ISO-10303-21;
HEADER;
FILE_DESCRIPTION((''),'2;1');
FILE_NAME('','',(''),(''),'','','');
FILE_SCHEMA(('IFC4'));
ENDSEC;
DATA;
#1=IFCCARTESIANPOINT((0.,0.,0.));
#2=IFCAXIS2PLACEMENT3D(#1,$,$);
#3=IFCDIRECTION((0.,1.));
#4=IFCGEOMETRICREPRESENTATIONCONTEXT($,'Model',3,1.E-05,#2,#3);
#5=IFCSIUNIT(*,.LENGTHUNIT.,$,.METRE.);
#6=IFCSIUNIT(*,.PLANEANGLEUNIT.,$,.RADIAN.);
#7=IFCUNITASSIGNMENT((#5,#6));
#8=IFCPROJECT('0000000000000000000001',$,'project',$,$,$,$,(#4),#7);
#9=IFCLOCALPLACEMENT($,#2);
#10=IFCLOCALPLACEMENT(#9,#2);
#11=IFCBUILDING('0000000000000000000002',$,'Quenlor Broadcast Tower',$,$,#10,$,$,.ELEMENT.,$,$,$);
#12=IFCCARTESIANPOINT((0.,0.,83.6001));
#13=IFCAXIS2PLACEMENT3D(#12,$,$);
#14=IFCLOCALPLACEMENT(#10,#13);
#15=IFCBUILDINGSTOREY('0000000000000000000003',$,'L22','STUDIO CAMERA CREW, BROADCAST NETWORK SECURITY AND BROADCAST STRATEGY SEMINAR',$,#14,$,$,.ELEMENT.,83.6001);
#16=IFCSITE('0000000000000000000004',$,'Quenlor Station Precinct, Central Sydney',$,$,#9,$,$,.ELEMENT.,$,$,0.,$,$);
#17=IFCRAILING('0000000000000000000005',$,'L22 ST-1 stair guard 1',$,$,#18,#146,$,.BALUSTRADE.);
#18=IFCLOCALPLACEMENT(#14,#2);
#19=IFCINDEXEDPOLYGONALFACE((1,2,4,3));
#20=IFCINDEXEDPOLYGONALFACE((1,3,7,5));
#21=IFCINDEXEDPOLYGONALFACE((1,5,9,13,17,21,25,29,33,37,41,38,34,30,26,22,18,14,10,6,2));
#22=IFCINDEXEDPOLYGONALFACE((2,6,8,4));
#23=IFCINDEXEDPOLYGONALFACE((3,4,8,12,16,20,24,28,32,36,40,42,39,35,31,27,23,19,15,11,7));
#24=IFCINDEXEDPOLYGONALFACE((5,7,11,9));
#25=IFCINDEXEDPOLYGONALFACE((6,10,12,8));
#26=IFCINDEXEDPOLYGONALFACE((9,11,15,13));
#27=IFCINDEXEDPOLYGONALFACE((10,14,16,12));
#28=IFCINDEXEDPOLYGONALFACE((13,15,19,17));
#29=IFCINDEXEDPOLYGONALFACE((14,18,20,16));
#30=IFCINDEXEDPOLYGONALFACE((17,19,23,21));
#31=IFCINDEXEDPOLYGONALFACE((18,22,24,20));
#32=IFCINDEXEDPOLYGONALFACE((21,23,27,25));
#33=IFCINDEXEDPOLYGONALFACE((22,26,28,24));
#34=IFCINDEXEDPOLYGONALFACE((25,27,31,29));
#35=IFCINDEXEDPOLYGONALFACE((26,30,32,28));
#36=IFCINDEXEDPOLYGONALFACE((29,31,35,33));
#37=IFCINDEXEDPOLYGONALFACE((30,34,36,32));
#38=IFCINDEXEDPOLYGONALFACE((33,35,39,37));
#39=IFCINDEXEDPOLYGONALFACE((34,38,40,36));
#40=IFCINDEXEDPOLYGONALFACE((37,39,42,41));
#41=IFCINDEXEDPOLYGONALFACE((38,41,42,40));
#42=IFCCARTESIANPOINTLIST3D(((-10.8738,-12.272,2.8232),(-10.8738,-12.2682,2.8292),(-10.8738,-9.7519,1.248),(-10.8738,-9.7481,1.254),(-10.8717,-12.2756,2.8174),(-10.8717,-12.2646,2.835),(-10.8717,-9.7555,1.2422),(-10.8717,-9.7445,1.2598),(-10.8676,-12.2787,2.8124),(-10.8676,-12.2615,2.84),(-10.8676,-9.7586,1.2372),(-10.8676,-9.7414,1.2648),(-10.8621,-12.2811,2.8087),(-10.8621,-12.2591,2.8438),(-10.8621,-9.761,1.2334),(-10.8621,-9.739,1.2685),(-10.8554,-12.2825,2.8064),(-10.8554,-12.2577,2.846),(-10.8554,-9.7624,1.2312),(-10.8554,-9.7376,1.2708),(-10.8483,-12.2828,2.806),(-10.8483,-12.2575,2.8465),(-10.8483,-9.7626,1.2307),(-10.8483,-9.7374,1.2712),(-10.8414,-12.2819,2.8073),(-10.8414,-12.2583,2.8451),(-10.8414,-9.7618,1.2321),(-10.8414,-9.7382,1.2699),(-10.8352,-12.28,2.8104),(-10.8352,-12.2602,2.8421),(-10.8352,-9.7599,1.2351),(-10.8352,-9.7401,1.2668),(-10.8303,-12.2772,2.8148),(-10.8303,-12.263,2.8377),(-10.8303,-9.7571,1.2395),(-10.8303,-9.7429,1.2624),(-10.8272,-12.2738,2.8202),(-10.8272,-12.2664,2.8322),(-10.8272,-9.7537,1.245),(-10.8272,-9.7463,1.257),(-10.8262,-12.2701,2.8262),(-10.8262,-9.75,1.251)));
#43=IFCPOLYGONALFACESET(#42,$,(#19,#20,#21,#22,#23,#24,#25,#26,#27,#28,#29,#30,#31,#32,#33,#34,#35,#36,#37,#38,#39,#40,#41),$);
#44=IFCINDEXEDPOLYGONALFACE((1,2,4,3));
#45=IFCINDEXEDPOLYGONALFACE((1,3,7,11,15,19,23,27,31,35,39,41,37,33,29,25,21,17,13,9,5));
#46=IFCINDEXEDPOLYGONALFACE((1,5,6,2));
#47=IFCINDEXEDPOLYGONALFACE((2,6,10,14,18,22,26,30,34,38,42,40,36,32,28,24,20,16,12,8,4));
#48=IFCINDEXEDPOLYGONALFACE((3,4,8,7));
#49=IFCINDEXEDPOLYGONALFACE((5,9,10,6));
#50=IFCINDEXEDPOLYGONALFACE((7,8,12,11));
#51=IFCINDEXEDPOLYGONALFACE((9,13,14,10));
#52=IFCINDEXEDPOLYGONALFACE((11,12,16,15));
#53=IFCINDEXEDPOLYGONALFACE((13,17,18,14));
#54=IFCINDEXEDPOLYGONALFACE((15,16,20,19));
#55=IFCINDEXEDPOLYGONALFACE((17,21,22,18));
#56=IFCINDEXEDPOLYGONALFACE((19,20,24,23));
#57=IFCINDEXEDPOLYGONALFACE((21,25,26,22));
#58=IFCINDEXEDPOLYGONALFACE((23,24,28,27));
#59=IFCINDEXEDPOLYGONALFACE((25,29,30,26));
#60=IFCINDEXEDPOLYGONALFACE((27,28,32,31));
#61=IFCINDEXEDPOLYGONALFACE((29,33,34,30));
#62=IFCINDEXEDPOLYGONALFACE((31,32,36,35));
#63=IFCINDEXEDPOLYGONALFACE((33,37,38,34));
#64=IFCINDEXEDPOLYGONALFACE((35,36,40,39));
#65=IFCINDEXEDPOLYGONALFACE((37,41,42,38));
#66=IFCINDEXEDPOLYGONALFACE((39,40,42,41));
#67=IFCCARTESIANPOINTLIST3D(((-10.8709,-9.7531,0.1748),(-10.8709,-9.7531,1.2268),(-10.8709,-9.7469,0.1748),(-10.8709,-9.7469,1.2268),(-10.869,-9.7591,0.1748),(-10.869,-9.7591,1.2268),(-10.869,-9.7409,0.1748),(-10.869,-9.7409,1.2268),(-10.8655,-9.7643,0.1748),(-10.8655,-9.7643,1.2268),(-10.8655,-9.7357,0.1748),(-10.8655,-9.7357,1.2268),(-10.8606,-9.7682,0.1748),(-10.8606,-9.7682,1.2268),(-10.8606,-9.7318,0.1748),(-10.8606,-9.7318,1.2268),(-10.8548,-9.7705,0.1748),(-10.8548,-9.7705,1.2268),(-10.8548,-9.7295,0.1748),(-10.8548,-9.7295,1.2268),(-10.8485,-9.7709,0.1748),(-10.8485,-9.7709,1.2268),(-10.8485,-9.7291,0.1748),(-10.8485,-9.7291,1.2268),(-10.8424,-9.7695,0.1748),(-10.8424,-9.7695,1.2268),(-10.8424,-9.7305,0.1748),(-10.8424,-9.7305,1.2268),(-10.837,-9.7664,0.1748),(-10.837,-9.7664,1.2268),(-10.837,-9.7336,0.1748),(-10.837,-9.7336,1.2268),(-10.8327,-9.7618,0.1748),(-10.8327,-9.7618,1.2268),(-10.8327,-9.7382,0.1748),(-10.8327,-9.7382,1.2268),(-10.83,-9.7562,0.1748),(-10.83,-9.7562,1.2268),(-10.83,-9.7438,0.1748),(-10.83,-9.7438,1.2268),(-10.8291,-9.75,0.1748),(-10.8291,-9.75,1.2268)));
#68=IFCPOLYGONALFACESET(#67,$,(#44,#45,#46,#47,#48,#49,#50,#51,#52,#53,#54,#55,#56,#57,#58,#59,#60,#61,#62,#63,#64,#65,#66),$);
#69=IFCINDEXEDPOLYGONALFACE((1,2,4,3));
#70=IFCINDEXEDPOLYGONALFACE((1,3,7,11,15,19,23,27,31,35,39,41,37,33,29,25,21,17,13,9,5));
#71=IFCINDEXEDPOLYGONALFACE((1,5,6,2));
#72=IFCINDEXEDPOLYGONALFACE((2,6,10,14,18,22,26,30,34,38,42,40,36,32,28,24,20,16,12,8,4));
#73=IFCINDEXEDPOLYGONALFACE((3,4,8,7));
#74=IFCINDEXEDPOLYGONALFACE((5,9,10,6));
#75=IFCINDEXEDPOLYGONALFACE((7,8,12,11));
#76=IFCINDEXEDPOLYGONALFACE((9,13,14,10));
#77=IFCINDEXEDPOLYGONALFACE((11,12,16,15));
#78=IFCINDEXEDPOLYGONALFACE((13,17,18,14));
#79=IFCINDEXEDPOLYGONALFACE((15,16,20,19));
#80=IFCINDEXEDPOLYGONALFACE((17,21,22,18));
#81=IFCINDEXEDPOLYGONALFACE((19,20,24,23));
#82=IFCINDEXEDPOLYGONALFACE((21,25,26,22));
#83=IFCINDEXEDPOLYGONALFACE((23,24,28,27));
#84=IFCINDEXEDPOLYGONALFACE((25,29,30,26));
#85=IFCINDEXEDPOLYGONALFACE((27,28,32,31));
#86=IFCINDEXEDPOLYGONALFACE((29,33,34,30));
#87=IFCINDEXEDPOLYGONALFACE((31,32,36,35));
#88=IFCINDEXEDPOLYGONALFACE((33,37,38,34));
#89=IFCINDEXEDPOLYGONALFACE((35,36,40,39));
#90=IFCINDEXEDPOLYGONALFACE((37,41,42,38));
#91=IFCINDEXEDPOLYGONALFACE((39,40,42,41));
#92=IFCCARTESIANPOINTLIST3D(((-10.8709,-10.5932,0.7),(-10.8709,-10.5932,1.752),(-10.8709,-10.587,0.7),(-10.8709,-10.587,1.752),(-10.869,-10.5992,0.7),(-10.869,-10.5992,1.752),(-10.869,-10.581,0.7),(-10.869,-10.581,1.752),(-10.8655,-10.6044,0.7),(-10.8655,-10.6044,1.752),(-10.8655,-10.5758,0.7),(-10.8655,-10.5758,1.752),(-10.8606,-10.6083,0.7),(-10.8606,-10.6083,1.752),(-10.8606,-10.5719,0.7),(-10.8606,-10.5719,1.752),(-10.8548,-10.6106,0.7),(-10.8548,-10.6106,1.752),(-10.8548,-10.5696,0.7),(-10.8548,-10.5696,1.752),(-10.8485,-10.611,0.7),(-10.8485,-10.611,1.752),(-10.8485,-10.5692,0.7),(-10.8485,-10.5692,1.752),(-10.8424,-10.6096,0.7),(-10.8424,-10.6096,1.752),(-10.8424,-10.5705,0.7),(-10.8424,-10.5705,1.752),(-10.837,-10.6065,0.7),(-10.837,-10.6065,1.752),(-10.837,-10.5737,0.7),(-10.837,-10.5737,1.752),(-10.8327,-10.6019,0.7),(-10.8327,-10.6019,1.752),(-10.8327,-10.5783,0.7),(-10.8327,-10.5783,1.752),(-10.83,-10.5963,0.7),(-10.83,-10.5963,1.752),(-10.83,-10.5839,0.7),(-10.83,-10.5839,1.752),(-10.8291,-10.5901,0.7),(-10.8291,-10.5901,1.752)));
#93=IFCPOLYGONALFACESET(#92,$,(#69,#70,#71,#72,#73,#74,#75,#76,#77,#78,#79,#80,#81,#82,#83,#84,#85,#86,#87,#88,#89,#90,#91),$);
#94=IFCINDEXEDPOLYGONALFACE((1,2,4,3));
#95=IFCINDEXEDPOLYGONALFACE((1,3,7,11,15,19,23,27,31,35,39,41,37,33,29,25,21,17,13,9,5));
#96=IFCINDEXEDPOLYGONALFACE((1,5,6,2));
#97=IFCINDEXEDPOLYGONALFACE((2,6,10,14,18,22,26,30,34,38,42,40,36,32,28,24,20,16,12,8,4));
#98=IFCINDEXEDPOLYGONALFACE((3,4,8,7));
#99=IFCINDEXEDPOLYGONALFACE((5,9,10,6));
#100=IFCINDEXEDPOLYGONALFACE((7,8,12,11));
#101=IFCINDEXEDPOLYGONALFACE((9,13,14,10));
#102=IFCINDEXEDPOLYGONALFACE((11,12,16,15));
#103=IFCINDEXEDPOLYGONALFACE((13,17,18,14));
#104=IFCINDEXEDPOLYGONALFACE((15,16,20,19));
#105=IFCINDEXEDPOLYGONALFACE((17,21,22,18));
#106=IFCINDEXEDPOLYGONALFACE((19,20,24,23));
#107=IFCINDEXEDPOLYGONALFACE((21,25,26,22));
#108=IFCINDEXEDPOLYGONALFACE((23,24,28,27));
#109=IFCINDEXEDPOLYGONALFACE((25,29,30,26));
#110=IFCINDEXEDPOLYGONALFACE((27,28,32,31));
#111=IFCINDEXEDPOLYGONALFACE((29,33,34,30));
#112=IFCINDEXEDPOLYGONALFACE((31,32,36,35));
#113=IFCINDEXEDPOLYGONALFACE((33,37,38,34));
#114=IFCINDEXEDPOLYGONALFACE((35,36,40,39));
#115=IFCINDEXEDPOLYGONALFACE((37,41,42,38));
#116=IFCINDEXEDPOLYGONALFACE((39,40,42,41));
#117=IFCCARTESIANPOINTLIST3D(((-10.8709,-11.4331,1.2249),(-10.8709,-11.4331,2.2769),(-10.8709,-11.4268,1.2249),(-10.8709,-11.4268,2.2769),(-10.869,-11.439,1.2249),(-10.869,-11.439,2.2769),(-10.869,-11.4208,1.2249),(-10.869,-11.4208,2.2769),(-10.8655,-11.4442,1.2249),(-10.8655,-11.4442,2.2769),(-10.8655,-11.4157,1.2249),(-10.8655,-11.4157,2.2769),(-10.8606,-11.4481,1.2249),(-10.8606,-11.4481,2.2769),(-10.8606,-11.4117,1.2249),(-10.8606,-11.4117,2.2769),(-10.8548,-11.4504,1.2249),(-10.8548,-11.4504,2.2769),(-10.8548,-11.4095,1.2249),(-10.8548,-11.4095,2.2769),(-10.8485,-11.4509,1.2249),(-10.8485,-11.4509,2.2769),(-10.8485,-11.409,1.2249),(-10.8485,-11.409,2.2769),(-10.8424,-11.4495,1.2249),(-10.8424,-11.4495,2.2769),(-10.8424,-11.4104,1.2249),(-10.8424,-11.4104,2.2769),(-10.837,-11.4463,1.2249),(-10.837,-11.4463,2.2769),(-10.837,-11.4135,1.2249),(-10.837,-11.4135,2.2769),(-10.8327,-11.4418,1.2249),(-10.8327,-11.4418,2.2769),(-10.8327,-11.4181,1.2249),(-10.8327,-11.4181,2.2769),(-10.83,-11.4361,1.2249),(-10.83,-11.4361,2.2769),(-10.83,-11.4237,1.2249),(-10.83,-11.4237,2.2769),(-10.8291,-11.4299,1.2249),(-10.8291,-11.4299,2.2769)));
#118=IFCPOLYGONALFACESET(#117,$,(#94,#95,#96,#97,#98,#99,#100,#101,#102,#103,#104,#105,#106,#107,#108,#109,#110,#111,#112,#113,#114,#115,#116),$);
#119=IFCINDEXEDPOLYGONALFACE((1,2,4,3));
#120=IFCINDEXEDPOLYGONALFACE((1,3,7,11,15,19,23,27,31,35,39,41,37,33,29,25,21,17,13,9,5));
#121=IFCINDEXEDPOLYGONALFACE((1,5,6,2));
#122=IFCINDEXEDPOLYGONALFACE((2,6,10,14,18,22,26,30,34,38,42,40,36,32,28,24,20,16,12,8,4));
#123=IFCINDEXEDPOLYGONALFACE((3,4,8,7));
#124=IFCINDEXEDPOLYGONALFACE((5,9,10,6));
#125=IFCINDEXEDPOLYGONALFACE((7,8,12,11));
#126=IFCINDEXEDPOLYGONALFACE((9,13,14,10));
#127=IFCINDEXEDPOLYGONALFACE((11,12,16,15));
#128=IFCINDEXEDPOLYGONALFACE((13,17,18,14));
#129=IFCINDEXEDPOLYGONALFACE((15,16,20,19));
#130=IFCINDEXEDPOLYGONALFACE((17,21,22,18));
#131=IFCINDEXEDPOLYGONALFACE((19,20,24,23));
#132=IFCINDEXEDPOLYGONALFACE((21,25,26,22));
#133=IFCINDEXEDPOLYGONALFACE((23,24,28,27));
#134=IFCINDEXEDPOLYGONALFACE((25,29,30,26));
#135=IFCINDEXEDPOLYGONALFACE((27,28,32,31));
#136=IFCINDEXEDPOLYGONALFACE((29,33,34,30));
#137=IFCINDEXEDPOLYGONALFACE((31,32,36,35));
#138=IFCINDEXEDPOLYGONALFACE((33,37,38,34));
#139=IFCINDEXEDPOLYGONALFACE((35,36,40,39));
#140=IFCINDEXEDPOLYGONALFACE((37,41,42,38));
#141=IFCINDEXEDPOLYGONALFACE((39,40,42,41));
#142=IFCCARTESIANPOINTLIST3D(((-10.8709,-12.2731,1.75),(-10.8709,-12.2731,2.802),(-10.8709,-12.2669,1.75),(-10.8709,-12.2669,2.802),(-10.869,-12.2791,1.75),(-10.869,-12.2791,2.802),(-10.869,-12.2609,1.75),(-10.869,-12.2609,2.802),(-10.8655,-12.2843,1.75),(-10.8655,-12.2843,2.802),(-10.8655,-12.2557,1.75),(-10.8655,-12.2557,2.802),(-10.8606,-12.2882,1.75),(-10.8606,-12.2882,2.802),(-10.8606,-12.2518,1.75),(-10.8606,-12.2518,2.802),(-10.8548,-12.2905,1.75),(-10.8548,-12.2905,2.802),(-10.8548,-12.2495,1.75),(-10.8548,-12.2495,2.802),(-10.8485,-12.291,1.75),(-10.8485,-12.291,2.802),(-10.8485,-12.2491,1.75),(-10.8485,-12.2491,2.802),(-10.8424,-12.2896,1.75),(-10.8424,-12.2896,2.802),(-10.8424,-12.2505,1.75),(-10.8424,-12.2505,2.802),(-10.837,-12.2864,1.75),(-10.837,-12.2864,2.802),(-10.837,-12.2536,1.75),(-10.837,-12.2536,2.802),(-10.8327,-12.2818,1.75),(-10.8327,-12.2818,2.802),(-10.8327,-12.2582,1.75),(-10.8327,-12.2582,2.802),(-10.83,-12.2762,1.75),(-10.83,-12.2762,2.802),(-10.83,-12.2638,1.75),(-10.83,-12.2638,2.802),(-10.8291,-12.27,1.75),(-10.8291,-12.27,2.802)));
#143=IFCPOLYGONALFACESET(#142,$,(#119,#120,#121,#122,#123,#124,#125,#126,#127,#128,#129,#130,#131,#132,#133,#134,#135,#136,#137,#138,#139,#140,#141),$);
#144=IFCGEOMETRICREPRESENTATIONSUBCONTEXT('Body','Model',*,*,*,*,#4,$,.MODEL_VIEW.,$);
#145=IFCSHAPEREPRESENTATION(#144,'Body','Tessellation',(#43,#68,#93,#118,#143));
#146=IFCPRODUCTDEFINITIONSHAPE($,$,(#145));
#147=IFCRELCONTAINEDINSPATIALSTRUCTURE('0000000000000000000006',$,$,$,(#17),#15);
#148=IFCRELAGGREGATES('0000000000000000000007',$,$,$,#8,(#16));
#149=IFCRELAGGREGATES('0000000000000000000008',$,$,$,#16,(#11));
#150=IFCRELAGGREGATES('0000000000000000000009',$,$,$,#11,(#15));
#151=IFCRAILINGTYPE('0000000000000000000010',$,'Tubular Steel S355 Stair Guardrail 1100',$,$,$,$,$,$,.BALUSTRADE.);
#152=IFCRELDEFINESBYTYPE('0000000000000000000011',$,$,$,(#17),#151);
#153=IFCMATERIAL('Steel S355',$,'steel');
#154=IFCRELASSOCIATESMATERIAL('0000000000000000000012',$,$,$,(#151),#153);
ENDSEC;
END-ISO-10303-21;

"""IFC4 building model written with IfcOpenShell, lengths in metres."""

from ifc_helpers import new_model, si_unit, direction, frame, origin, origin_2d, place, context, subcontext, project, spatial, circle, extrude, material, type_object, element, save


model = new_model("IFC4")

# Units and contexts
model_context = context("Model", 3, precision=1e-05, world=origin(), true_north=direction((0.0, 1.0)))
body_context = subcontext(model_context, "Body", "Model", "MODEL_VIEW")
ifc_project = project(units=[si_unit("LENGTHUNIT", "METRE"), si_unit("PLANEANGLEUNIT", "RADIAN")], contexts=[model_context])

# Site, building, storey
site_placement = place(None, origin())
site = spatial("IfcSite", under=ifc_project, at=site_placement, Name="Quenlor Station Precinct, Central Sydney", CompositionType="ELEMENT", RefElevation=0.0)
building_placement = place(site_placement, origin())
building = spatial("IfcBuilding", under=site, at=building_placement, Name="Quenlor Broadcast Tower", CompositionType="ELEMENT")
storey_placement = place(building_placement, frame((0.0, 0.0, 83.6001)))
storey = spatial("IfcBuildingStorey", under=building, at=storey_placement, Name="L22", Description="STUDIO CAMERA CREW, BROADCAST NETWORK SECURITY AND BROADCAST STRATEGY SEMINAR", CompositionType="ELEMENT", Elevation=83.6001)

# Railing
ifc_material_1 = material(Name="Steel S355", Category="steel")
railing_type_1 = type_object("IfcRailingType", Name="Tubular Steel S355 Stair Guardrail 1100", PredefinedType="BALUSTRADE", material=ifc_material_1)
railing_1_placement = place(storey_placement, frame((-10.8501, -9.75, 0.1748)))
element("IfcRailing", 1, at=railing_1_placement, inside=storey, type_object=railing_type_1, Name="L22 ST-1 stair guard 1", PredefinedType="BALUSTRADE", context=body_context, shape_type="SweptSolid", body=[
    extrude(circle(Radius=0.0239, at=origin_2d()), frame((0.0, 0.0, 1.0762), z_axis=(0.0, -0.847971, 0.530043), x_axis=(1.0, 0.0, 0.0)), (0.0, 0.0, 1.0), 2.9719),
    extrude(circle(Radius=0.021, at=origin_2d()), origin(), (0.0, 0.0, 1.0), 1.052),
    extrude(circle(Radius=0.021, at=origin_2d()), frame((0.0, -0.8401, 0.5251)), (0.0, 0.0, 1.0), 1.052),
    extrude(circle(Radius=0.021, at=origin_2d()), frame((0.0, -1.6799, 1.05)), (0.0, 0.0, 1.0), 1.052),
    extrude(circle(Radius=0.021, at=origin_2d()), frame((0.0, -2.52, 1.5752)), (0.0, 0.0, 1.0), 1.052),
])

save(model, "model.ifc")
